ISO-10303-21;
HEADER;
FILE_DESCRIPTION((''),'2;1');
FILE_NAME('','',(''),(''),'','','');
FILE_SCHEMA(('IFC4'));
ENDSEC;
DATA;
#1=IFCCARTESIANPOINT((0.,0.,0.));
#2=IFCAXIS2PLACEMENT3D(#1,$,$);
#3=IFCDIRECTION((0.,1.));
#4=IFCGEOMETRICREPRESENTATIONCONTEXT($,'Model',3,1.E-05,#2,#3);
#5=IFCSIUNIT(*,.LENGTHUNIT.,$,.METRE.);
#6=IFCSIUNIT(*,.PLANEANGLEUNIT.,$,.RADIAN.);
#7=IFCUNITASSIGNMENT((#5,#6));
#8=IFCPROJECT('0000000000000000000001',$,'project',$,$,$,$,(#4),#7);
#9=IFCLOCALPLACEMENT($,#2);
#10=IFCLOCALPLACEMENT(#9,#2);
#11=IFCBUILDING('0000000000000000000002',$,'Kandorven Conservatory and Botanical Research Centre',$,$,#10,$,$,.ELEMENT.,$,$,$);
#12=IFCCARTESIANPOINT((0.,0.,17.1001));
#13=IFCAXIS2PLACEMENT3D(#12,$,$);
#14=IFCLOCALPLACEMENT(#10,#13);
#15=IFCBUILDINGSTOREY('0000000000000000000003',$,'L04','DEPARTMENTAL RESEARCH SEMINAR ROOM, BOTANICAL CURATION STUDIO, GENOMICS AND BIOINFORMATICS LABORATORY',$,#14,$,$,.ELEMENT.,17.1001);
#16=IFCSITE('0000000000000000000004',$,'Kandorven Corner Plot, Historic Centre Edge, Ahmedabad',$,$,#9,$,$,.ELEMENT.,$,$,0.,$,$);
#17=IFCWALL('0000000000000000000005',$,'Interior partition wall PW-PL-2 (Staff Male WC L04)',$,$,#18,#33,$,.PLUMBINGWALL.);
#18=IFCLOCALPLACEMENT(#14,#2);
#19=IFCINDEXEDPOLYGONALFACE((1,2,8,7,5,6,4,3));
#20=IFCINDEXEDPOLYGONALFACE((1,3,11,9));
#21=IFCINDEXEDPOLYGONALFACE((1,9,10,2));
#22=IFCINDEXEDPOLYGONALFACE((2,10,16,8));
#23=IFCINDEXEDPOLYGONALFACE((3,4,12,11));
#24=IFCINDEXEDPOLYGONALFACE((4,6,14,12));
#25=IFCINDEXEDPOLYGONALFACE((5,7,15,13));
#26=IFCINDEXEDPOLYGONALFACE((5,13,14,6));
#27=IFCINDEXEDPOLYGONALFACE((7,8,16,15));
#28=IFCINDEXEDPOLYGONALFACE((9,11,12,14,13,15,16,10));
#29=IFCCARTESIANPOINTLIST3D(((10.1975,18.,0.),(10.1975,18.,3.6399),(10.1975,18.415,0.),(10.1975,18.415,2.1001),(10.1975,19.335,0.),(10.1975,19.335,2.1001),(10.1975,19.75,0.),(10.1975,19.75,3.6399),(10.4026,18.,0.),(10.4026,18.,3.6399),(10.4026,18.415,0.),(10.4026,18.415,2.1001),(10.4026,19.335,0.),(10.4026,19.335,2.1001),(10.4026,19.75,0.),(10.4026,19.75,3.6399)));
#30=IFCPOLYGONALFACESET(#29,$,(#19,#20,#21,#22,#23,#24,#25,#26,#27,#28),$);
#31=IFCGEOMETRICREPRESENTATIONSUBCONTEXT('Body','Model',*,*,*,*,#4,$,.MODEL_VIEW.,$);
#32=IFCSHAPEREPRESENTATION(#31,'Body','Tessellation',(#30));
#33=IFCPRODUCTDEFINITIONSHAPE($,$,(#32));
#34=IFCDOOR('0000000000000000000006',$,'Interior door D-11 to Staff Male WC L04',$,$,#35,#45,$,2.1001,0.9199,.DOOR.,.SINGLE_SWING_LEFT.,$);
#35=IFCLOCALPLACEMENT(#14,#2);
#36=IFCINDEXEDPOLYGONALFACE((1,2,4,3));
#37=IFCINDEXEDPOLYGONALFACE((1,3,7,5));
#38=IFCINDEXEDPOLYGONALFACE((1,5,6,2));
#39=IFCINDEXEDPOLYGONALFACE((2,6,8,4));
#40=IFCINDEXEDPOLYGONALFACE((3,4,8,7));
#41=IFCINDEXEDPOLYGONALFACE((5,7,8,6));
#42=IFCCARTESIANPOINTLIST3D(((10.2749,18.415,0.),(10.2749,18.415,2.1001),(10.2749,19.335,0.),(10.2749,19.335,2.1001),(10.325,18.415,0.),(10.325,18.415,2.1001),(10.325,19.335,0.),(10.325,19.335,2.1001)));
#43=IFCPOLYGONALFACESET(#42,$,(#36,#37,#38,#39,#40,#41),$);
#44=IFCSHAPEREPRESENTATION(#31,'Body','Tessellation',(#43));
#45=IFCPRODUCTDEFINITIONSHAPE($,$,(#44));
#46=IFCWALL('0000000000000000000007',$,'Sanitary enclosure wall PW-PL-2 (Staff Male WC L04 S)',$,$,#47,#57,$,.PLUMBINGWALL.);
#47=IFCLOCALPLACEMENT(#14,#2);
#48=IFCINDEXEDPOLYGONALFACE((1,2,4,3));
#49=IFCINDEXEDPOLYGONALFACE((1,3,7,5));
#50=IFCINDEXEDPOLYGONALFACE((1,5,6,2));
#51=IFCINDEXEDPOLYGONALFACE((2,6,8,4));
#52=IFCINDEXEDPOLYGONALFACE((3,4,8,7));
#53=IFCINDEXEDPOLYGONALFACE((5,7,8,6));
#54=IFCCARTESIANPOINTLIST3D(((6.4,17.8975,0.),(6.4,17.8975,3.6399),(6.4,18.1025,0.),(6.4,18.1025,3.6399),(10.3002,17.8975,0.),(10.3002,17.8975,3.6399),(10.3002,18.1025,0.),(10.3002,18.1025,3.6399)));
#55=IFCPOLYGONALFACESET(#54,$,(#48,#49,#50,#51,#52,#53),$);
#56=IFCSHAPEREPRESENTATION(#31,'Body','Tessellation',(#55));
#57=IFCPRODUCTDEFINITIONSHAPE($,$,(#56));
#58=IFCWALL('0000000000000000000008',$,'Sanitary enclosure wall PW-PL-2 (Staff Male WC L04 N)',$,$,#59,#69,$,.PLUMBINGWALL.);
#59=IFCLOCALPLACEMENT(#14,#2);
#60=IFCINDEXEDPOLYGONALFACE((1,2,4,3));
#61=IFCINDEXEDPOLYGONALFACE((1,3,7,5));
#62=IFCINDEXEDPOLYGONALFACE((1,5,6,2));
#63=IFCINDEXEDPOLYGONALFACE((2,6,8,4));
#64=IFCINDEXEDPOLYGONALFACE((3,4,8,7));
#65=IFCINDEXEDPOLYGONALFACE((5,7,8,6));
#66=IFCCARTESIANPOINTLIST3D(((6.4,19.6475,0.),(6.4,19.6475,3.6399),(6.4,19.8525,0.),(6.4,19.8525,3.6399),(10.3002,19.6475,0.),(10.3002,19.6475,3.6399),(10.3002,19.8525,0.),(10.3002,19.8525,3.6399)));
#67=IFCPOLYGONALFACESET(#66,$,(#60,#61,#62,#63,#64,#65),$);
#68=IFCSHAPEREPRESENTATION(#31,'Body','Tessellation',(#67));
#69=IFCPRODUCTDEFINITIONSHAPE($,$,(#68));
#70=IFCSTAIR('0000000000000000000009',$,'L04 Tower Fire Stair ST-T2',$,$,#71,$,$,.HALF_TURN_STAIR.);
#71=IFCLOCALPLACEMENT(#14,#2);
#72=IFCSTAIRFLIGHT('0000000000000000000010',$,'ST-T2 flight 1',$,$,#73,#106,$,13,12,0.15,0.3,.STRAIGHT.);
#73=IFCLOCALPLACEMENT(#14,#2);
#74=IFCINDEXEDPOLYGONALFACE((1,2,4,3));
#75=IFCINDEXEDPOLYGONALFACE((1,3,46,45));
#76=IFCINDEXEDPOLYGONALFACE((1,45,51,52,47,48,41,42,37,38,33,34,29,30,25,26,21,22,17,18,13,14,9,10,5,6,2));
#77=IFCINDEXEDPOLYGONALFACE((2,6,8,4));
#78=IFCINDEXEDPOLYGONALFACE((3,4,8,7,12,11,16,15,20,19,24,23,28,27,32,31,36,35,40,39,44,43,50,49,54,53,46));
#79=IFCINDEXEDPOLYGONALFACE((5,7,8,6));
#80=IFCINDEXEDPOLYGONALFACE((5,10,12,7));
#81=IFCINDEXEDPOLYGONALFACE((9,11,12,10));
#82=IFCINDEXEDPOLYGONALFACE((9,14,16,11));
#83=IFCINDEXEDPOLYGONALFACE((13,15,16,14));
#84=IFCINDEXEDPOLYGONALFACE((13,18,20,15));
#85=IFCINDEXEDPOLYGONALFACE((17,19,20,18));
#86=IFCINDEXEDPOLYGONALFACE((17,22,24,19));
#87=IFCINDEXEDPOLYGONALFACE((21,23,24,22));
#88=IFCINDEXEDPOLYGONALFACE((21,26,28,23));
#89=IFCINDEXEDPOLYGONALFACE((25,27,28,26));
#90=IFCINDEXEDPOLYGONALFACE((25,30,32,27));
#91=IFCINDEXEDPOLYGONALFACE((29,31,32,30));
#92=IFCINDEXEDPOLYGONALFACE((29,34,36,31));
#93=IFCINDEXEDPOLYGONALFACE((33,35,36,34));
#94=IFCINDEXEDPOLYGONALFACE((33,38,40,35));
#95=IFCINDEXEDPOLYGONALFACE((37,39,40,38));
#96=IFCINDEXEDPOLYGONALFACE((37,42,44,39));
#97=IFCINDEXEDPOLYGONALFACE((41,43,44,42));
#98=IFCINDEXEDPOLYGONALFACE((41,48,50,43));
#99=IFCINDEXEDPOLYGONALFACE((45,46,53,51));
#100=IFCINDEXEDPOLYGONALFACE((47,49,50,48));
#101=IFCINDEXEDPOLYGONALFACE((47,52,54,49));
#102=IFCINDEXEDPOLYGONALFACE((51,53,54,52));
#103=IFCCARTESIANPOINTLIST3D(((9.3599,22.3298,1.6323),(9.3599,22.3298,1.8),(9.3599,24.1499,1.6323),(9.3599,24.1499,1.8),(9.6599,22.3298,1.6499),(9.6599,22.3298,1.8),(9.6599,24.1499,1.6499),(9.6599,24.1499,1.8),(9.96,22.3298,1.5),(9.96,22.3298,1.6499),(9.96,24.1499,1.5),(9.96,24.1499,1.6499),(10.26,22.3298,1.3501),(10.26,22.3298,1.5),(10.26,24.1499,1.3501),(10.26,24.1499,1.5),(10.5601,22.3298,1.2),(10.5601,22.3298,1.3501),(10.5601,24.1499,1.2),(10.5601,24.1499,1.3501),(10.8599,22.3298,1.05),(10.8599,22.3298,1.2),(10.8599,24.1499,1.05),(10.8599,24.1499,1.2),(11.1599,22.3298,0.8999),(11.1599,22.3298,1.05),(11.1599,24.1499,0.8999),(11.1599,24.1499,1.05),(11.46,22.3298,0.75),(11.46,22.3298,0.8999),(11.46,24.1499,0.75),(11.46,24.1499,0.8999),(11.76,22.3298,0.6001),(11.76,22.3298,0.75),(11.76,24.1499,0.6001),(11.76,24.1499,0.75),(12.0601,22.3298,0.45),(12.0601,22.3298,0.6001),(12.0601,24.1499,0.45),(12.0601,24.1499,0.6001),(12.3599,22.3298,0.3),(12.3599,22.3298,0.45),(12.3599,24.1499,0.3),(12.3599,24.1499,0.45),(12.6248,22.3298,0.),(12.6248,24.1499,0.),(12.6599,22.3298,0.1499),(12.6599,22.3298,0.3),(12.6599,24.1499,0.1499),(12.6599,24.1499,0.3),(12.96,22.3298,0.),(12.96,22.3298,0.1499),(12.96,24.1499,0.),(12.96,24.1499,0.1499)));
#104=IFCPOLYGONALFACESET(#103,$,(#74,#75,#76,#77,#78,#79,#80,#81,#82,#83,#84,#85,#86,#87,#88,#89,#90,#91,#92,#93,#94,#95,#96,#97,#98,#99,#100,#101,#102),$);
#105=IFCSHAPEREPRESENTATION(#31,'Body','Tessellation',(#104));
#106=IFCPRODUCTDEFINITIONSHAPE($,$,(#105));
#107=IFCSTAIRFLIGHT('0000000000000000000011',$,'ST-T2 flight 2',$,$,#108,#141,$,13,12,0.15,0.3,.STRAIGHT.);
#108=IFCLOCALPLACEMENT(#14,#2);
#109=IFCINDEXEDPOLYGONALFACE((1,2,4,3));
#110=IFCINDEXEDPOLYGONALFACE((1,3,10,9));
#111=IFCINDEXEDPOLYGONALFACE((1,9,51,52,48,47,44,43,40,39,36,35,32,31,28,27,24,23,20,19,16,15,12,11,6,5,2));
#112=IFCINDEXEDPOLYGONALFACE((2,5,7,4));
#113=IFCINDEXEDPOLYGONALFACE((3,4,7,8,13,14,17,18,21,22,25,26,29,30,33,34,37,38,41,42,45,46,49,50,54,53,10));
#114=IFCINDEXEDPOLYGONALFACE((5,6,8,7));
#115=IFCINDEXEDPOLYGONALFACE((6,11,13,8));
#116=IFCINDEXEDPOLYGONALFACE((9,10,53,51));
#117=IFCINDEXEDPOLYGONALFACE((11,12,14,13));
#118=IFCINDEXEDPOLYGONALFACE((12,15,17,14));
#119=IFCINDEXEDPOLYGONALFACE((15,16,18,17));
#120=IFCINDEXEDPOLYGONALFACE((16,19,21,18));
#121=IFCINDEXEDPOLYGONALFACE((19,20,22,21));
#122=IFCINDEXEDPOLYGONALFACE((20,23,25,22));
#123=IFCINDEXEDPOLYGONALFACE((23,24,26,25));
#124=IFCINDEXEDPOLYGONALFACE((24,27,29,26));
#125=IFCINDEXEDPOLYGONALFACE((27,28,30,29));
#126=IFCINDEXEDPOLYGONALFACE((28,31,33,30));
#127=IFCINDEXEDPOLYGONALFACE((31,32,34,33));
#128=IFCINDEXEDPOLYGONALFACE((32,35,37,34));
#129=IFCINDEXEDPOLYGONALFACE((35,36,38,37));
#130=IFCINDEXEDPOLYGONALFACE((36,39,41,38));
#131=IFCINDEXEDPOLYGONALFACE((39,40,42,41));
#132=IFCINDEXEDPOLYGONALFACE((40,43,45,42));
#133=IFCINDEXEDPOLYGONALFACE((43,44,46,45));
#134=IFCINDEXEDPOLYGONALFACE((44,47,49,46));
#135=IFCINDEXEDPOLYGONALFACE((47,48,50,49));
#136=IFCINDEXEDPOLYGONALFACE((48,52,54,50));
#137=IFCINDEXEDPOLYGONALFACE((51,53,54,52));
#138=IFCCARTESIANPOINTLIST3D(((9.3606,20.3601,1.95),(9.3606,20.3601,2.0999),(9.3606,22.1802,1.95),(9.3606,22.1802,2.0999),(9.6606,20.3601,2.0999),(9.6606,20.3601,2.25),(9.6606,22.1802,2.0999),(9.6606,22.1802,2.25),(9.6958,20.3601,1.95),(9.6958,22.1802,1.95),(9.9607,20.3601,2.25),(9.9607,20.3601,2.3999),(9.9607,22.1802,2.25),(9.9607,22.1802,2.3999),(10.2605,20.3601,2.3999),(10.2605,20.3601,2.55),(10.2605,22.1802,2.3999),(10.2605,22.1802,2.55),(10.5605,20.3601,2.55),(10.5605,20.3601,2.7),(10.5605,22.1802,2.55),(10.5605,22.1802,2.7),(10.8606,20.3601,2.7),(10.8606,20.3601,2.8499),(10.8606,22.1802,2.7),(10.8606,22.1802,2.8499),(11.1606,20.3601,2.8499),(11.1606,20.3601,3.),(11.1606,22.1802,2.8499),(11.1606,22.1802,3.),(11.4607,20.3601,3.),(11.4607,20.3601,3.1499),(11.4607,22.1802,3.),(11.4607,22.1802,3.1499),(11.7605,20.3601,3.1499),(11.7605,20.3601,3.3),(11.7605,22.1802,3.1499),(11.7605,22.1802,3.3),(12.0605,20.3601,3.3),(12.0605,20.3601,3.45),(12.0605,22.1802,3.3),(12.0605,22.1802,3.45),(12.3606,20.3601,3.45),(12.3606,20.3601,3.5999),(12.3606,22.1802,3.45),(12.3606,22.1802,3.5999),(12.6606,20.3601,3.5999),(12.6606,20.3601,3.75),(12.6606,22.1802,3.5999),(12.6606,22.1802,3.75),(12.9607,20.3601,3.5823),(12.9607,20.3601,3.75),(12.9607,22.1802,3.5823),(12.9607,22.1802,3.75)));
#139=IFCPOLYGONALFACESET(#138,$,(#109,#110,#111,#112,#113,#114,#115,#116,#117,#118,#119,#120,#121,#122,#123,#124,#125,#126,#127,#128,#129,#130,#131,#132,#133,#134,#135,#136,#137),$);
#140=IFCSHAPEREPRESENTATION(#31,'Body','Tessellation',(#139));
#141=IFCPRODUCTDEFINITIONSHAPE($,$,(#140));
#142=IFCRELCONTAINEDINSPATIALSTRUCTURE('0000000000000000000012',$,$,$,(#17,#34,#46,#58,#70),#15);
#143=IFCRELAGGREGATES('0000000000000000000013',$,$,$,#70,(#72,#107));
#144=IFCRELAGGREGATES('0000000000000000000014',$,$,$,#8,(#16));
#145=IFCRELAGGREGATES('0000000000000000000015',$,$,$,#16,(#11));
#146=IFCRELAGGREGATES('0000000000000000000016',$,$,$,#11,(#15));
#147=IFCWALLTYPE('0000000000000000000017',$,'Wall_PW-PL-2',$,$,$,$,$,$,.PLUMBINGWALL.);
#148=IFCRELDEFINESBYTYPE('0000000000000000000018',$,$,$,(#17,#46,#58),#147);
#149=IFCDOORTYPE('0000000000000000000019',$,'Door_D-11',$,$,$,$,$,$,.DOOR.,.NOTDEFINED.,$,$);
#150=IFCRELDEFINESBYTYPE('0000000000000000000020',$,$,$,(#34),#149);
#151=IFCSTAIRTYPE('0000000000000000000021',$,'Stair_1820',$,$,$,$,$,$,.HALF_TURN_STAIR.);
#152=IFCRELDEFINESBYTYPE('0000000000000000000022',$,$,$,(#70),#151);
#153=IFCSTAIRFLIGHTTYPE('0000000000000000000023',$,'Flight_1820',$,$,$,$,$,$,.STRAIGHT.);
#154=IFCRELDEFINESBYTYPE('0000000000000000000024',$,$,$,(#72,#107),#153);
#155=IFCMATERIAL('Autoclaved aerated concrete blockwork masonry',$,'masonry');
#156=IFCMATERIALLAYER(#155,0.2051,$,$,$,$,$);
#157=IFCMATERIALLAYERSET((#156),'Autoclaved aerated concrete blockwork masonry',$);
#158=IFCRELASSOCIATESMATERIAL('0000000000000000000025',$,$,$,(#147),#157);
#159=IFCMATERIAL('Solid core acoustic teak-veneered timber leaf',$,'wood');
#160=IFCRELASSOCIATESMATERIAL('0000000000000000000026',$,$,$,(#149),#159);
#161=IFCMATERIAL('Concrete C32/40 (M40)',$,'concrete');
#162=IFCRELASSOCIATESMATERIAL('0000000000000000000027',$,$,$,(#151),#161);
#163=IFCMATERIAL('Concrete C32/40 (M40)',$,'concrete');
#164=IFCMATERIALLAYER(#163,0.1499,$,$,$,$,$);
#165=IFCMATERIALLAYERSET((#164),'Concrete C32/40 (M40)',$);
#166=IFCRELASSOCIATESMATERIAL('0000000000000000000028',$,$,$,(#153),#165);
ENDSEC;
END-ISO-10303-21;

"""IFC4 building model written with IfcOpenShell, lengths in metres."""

from ifc_helpers import new_model, si_unit, direction, frame, frame_2d, origin, place, context, subcontext, project, spatial, polyline, rectangle, outline, extrude, material, layer, layer_set, type_object, element, fill, aggregate, save


model = new_model("IFC4")

# Units and contexts
model_context = context("Model", 3, precision=1e-05, world=origin(), true_north=direction((0.0, 1.0)))
body_context = subcontext(model_context, "Body", "Model", "MODEL_VIEW")
ifc_project = project(units=[si_unit("LENGTHUNIT", "METRE"), si_unit("PLANEANGLEUNIT", "RADIAN")], contexts=[model_context])

# Site, building, storey
site_placement = place(None, origin())
site = spatial("IfcSite", under=ifc_project, at=site_placement, Name="Kandorven Corner Plot, Historic Centre Edge, Ahmedabad", CompositionType="ELEMENT", RefElevation=0.0)
building_placement = place(site_placement, origin())
building = spatial("IfcBuilding", under=site, at=building_placement, Name="Kandorven Conservatory and Botanical Research Centre", CompositionType="ELEMENT")
storey_placement = place(building_placement, frame((0.0, 0.0, 17.1001)))
storey = spatial("IfcBuildingStorey", under=building, at=storey_placement, Name="L04", Description="DEPARTMENTAL RESEARCH SEMINAR ROOM, BOTANICAL CURATION STUDIO, GENOMICS AND BIOINFORMATICS LABORATORY", CompositionType="ELEMENT", Elevation=17.1001)

# Wall, opening, door
ifc_material_1 = material(Name="Autoclaved aerated concrete blockwork masonry", Category="masonry")
ifc_layer_1 = layer(ifc_material_1, 0.2051)
ifc_layer_set_1 = layer_set([ifc_layer_1], Name="Autoclaved aerated concrete blockwork masonry")
wall_type_1 = type_object("IfcWallType", Name="Wall_PW-PL-2", PredefinedType="PLUMBINGWALL", material=ifc_layer_set_1)
wall_1_placement = place(storey_placement, frame((10.3, 18.0, 0.0), z_axis=(0.0, 0.0, 1.0), x_axis=(0.0, 1.0, 0.0)))
wall_1 = element("IfcWall", 1, at=wall_1_placement, inside=storey, type_object=wall_type_1, Name="Interior partition wall PW-PL-2 (Staff Male WC L04)", PredefinedType="PLUMBINGWALL", context=body_context, shape_type="SweptSolid", body=[
    extrude(rectangle(XDim=1.75, YDim=0.2051, at=frame_2d((0.875, 0.0))), origin(), (0.0, 0.0, 1.0), 3.6399),
])
opening_placement = place(wall_1_placement, frame((0.415, 0.0, 0.0)))
opening = element("IfcOpeningElement", 2, at=opening_placement, cuts=wall_1, PredefinedType="OPENING", context=body_context, shape_type="SweptSolid", body=[
    extrude(rectangle(XDim=0.9199, YDim=2.1001, at=frame_2d((0.46, 1.05))), frame((0.0, 0.1125, 0.0), z_axis=(0.0, -1.0, 0.0), x_axis=(1.0, 0.0, 0.0)), (0.0, 0.0, 1.0), 0.2251),
])
ifc_material_2 = material(Name="Solid core acoustic teak-veneered timber leaf", Category="wood")
door_type = type_object("IfcDoorType", Name="Door_D-11", OperationType="NOTDEFINED", PredefinedType="DOOR", material=ifc_material_2)
door_placement = place(opening_placement, frame((0.9199, 0.0, 0.0), z_axis=(0.0, 0.0, 1.0), x_axis=(-1.0, 0.0, 0.0)))
door = element("IfcDoor", 3, at=door_placement, inside=storey, type_object=door_type, Name="Interior door D-11 to Staff Male WC L04", OperationType="SINGLE_SWING_LEFT", OverallHeight=2.1001, OverallWidth=0.9199, PredefinedType="DOOR", context=body_context, shape_type="SweptSolid", body=[
    extrude(rectangle(XDim=0.9199, YDim=2.1001, at=frame_2d((0.46, 1.05))), frame((0.0, 0.0249, 0.0), z_axis=(0.0, -1.0, 0.0), x_axis=(1.0, 0.0, 0.0)), (0.0, 0.0, 1.0), 0.05),
])
fill(opening, door)

# Walls
for number, where, z_axis, x_axis, name in (
    (4, (6.3999, 18.0, 0.0), (0.0, 0.0, 1.0), (1.0, 0.0, 0.0), "Sanitary enclosure wall PW-PL-2 (Staff Male WC L04 S)"),
    (5, (6.3999, 19.75, 0.0), (0.0, 0.0, 1.0), (1.0, 0.0, 0.0), "Sanitary enclosure wall PW-PL-2 (Staff Male WC L04 N)"),
):
    element("IfcWall", number, at=place(storey_placement, frame(where, z_axis=z_axis, x_axis=x_axis)), inside=storey, type_object=wall_type_1, Name=name, PredefinedType="PLUMBINGWALL", context=body_context, shape_type="SweptSolid", body=[
        extrude(rectangle(XDim=3.9001, YDim=0.2051, at=frame_2d((1.9502, 0.0))), origin(), (0.0, 0.0, 1.0), 3.6399),
    ])

# Stair, stair flights
ifc_material_3 = material(Name="Concrete C32/40 (M40)", Category="concrete")
stair_type = type_object("IfcStairType", Name="Stair_1820", PredefinedType="HALF_TURN_STAIR", material=ifc_material_3)
stair_placement = place(storey_placement, origin())
stair = element("IfcStair", 6, at=stair_placement, inside=storey, type_object=stair_type, Name="L04 Tower Fire Stair ST-T2", PredefinedType="HALF_TURN_STAIR")
ifc_material_4 = material(Name="Concrete C32/40 (M40)", Category="concrete")
ifc_layer_2 = layer(ifc_material_4, 0.1499)
ifc_layer_set_2 = layer_set([ifc_layer_2], Name="Concrete C32/40 (M40)")
stair_flight_type = type_object("IfcStairFlightType", Name="Flight_1820", PredefinedType="STRAIGHT", material=ifc_layer_set_2)
stair_flight_1_placement = place(storey_placement, frame((12.96, 23.24, 0.0), z_axis=(0.0, 0.0, 1.0), x_axis=(-1.0, 0.0, 0.0)))
stair_flight_1 = element("IfcStairFlight", 7, at=stair_flight_1_placement, type_object=stair_flight_type, Name="ST-T2 flight 1", NumberOfRisers=13, NumberOfTreads=12, PredefinedType="STRAIGHT", RiserHeight=0.15, TreadLength=0.3, context=body_context, shape_type="SweptSolid", body=[
    extrude(outline(polyline([(0.0, 0.0), (0.0, 0.1499), (0.3, 0.1499), (0.3, 0.3), (0.6001, 0.3), (0.6001, 0.45), (0.8999, 0.45), (0.8999, 0.6001), (1.2, 0.6001), (1.2, 0.75), (1.5, 0.75), (1.5, 0.8999), (1.8, 0.8999), (1.8, 1.05), (2.1001, 1.05), (2.1001, 1.2), (2.3999, 1.2), (2.3999, 1.3501), (2.7, 1.3501), (2.7, 1.5), (3.0, 1.5), (3.0, 1.6499), (3.3, 1.6499), (3.3, 1.8), (3.6001, 1.8), (3.6001, 1.95), (3.6001, 1.6323), (0.3352, 0.0), (0.0, 0.0)])), frame((0.0, 0.9102, 0.0), z_axis=(0.0, -1.0, 0.0), x_axis=(1.0, 0.0, 0.0)), (0.0, 0.0, 1.0), 1.8201),
])
stair_flight_2_placement = place(storey_placement, frame((9.3606, 21.27, 1.95), z_axis=(0.0, 0.0, 1.0), x_axis=(1.0, 0.0, 0.0)))
stair_flight_2 = element("IfcStairFlight", 8, at=stair_flight_2_placement, type_object=stair_flight_type, Name="ST-T2 flight 2", NumberOfRisers=13, NumberOfTreads=12, PredefinedType="STRAIGHT", RiserHeight=0.15, TreadLength=0.3, context=body_context, shape_type="SweptSolid", body=[
    extrude(outline(polyline([(0.0, 0.0), (0.0, 0.1499), (0.3, 0.1499), (0.3, 0.3), (0.6001, 0.3), (0.6001, 0.45), (0.8999, 0.45), (0.8999, 0.6001), (1.2, 0.6001), (1.2, 0.75), (1.5, 0.75), (1.5, 0.8999), (1.8, 0.8999), (1.8, 1.05), (2.1001, 1.05), (2.1001, 1.2), (2.3999, 1.2), (2.3999, 1.3501), (2.7, 1.3501), (2.7, 1.5), (3.0, 1.5), (3.0, 1.6499), (3.3, 1.6499), (3.3, 1.8), (3.6001, 1.8), (3.6001, 1.95), (3.6001, 1.6323), (0.3352, 0.0), (0.0, 0.0)])), frame((0.0, 0.9102, 0.0), z_axis=(0.0, -1.0, 0.0), x_axis=(1.0, 0.0, 0.0)), (0.0, 0.0, 1.0), 1.8201),
])
aggregate(stair, [stair_flight_1, stair_flight_2])

save(model, "model.ifc")
